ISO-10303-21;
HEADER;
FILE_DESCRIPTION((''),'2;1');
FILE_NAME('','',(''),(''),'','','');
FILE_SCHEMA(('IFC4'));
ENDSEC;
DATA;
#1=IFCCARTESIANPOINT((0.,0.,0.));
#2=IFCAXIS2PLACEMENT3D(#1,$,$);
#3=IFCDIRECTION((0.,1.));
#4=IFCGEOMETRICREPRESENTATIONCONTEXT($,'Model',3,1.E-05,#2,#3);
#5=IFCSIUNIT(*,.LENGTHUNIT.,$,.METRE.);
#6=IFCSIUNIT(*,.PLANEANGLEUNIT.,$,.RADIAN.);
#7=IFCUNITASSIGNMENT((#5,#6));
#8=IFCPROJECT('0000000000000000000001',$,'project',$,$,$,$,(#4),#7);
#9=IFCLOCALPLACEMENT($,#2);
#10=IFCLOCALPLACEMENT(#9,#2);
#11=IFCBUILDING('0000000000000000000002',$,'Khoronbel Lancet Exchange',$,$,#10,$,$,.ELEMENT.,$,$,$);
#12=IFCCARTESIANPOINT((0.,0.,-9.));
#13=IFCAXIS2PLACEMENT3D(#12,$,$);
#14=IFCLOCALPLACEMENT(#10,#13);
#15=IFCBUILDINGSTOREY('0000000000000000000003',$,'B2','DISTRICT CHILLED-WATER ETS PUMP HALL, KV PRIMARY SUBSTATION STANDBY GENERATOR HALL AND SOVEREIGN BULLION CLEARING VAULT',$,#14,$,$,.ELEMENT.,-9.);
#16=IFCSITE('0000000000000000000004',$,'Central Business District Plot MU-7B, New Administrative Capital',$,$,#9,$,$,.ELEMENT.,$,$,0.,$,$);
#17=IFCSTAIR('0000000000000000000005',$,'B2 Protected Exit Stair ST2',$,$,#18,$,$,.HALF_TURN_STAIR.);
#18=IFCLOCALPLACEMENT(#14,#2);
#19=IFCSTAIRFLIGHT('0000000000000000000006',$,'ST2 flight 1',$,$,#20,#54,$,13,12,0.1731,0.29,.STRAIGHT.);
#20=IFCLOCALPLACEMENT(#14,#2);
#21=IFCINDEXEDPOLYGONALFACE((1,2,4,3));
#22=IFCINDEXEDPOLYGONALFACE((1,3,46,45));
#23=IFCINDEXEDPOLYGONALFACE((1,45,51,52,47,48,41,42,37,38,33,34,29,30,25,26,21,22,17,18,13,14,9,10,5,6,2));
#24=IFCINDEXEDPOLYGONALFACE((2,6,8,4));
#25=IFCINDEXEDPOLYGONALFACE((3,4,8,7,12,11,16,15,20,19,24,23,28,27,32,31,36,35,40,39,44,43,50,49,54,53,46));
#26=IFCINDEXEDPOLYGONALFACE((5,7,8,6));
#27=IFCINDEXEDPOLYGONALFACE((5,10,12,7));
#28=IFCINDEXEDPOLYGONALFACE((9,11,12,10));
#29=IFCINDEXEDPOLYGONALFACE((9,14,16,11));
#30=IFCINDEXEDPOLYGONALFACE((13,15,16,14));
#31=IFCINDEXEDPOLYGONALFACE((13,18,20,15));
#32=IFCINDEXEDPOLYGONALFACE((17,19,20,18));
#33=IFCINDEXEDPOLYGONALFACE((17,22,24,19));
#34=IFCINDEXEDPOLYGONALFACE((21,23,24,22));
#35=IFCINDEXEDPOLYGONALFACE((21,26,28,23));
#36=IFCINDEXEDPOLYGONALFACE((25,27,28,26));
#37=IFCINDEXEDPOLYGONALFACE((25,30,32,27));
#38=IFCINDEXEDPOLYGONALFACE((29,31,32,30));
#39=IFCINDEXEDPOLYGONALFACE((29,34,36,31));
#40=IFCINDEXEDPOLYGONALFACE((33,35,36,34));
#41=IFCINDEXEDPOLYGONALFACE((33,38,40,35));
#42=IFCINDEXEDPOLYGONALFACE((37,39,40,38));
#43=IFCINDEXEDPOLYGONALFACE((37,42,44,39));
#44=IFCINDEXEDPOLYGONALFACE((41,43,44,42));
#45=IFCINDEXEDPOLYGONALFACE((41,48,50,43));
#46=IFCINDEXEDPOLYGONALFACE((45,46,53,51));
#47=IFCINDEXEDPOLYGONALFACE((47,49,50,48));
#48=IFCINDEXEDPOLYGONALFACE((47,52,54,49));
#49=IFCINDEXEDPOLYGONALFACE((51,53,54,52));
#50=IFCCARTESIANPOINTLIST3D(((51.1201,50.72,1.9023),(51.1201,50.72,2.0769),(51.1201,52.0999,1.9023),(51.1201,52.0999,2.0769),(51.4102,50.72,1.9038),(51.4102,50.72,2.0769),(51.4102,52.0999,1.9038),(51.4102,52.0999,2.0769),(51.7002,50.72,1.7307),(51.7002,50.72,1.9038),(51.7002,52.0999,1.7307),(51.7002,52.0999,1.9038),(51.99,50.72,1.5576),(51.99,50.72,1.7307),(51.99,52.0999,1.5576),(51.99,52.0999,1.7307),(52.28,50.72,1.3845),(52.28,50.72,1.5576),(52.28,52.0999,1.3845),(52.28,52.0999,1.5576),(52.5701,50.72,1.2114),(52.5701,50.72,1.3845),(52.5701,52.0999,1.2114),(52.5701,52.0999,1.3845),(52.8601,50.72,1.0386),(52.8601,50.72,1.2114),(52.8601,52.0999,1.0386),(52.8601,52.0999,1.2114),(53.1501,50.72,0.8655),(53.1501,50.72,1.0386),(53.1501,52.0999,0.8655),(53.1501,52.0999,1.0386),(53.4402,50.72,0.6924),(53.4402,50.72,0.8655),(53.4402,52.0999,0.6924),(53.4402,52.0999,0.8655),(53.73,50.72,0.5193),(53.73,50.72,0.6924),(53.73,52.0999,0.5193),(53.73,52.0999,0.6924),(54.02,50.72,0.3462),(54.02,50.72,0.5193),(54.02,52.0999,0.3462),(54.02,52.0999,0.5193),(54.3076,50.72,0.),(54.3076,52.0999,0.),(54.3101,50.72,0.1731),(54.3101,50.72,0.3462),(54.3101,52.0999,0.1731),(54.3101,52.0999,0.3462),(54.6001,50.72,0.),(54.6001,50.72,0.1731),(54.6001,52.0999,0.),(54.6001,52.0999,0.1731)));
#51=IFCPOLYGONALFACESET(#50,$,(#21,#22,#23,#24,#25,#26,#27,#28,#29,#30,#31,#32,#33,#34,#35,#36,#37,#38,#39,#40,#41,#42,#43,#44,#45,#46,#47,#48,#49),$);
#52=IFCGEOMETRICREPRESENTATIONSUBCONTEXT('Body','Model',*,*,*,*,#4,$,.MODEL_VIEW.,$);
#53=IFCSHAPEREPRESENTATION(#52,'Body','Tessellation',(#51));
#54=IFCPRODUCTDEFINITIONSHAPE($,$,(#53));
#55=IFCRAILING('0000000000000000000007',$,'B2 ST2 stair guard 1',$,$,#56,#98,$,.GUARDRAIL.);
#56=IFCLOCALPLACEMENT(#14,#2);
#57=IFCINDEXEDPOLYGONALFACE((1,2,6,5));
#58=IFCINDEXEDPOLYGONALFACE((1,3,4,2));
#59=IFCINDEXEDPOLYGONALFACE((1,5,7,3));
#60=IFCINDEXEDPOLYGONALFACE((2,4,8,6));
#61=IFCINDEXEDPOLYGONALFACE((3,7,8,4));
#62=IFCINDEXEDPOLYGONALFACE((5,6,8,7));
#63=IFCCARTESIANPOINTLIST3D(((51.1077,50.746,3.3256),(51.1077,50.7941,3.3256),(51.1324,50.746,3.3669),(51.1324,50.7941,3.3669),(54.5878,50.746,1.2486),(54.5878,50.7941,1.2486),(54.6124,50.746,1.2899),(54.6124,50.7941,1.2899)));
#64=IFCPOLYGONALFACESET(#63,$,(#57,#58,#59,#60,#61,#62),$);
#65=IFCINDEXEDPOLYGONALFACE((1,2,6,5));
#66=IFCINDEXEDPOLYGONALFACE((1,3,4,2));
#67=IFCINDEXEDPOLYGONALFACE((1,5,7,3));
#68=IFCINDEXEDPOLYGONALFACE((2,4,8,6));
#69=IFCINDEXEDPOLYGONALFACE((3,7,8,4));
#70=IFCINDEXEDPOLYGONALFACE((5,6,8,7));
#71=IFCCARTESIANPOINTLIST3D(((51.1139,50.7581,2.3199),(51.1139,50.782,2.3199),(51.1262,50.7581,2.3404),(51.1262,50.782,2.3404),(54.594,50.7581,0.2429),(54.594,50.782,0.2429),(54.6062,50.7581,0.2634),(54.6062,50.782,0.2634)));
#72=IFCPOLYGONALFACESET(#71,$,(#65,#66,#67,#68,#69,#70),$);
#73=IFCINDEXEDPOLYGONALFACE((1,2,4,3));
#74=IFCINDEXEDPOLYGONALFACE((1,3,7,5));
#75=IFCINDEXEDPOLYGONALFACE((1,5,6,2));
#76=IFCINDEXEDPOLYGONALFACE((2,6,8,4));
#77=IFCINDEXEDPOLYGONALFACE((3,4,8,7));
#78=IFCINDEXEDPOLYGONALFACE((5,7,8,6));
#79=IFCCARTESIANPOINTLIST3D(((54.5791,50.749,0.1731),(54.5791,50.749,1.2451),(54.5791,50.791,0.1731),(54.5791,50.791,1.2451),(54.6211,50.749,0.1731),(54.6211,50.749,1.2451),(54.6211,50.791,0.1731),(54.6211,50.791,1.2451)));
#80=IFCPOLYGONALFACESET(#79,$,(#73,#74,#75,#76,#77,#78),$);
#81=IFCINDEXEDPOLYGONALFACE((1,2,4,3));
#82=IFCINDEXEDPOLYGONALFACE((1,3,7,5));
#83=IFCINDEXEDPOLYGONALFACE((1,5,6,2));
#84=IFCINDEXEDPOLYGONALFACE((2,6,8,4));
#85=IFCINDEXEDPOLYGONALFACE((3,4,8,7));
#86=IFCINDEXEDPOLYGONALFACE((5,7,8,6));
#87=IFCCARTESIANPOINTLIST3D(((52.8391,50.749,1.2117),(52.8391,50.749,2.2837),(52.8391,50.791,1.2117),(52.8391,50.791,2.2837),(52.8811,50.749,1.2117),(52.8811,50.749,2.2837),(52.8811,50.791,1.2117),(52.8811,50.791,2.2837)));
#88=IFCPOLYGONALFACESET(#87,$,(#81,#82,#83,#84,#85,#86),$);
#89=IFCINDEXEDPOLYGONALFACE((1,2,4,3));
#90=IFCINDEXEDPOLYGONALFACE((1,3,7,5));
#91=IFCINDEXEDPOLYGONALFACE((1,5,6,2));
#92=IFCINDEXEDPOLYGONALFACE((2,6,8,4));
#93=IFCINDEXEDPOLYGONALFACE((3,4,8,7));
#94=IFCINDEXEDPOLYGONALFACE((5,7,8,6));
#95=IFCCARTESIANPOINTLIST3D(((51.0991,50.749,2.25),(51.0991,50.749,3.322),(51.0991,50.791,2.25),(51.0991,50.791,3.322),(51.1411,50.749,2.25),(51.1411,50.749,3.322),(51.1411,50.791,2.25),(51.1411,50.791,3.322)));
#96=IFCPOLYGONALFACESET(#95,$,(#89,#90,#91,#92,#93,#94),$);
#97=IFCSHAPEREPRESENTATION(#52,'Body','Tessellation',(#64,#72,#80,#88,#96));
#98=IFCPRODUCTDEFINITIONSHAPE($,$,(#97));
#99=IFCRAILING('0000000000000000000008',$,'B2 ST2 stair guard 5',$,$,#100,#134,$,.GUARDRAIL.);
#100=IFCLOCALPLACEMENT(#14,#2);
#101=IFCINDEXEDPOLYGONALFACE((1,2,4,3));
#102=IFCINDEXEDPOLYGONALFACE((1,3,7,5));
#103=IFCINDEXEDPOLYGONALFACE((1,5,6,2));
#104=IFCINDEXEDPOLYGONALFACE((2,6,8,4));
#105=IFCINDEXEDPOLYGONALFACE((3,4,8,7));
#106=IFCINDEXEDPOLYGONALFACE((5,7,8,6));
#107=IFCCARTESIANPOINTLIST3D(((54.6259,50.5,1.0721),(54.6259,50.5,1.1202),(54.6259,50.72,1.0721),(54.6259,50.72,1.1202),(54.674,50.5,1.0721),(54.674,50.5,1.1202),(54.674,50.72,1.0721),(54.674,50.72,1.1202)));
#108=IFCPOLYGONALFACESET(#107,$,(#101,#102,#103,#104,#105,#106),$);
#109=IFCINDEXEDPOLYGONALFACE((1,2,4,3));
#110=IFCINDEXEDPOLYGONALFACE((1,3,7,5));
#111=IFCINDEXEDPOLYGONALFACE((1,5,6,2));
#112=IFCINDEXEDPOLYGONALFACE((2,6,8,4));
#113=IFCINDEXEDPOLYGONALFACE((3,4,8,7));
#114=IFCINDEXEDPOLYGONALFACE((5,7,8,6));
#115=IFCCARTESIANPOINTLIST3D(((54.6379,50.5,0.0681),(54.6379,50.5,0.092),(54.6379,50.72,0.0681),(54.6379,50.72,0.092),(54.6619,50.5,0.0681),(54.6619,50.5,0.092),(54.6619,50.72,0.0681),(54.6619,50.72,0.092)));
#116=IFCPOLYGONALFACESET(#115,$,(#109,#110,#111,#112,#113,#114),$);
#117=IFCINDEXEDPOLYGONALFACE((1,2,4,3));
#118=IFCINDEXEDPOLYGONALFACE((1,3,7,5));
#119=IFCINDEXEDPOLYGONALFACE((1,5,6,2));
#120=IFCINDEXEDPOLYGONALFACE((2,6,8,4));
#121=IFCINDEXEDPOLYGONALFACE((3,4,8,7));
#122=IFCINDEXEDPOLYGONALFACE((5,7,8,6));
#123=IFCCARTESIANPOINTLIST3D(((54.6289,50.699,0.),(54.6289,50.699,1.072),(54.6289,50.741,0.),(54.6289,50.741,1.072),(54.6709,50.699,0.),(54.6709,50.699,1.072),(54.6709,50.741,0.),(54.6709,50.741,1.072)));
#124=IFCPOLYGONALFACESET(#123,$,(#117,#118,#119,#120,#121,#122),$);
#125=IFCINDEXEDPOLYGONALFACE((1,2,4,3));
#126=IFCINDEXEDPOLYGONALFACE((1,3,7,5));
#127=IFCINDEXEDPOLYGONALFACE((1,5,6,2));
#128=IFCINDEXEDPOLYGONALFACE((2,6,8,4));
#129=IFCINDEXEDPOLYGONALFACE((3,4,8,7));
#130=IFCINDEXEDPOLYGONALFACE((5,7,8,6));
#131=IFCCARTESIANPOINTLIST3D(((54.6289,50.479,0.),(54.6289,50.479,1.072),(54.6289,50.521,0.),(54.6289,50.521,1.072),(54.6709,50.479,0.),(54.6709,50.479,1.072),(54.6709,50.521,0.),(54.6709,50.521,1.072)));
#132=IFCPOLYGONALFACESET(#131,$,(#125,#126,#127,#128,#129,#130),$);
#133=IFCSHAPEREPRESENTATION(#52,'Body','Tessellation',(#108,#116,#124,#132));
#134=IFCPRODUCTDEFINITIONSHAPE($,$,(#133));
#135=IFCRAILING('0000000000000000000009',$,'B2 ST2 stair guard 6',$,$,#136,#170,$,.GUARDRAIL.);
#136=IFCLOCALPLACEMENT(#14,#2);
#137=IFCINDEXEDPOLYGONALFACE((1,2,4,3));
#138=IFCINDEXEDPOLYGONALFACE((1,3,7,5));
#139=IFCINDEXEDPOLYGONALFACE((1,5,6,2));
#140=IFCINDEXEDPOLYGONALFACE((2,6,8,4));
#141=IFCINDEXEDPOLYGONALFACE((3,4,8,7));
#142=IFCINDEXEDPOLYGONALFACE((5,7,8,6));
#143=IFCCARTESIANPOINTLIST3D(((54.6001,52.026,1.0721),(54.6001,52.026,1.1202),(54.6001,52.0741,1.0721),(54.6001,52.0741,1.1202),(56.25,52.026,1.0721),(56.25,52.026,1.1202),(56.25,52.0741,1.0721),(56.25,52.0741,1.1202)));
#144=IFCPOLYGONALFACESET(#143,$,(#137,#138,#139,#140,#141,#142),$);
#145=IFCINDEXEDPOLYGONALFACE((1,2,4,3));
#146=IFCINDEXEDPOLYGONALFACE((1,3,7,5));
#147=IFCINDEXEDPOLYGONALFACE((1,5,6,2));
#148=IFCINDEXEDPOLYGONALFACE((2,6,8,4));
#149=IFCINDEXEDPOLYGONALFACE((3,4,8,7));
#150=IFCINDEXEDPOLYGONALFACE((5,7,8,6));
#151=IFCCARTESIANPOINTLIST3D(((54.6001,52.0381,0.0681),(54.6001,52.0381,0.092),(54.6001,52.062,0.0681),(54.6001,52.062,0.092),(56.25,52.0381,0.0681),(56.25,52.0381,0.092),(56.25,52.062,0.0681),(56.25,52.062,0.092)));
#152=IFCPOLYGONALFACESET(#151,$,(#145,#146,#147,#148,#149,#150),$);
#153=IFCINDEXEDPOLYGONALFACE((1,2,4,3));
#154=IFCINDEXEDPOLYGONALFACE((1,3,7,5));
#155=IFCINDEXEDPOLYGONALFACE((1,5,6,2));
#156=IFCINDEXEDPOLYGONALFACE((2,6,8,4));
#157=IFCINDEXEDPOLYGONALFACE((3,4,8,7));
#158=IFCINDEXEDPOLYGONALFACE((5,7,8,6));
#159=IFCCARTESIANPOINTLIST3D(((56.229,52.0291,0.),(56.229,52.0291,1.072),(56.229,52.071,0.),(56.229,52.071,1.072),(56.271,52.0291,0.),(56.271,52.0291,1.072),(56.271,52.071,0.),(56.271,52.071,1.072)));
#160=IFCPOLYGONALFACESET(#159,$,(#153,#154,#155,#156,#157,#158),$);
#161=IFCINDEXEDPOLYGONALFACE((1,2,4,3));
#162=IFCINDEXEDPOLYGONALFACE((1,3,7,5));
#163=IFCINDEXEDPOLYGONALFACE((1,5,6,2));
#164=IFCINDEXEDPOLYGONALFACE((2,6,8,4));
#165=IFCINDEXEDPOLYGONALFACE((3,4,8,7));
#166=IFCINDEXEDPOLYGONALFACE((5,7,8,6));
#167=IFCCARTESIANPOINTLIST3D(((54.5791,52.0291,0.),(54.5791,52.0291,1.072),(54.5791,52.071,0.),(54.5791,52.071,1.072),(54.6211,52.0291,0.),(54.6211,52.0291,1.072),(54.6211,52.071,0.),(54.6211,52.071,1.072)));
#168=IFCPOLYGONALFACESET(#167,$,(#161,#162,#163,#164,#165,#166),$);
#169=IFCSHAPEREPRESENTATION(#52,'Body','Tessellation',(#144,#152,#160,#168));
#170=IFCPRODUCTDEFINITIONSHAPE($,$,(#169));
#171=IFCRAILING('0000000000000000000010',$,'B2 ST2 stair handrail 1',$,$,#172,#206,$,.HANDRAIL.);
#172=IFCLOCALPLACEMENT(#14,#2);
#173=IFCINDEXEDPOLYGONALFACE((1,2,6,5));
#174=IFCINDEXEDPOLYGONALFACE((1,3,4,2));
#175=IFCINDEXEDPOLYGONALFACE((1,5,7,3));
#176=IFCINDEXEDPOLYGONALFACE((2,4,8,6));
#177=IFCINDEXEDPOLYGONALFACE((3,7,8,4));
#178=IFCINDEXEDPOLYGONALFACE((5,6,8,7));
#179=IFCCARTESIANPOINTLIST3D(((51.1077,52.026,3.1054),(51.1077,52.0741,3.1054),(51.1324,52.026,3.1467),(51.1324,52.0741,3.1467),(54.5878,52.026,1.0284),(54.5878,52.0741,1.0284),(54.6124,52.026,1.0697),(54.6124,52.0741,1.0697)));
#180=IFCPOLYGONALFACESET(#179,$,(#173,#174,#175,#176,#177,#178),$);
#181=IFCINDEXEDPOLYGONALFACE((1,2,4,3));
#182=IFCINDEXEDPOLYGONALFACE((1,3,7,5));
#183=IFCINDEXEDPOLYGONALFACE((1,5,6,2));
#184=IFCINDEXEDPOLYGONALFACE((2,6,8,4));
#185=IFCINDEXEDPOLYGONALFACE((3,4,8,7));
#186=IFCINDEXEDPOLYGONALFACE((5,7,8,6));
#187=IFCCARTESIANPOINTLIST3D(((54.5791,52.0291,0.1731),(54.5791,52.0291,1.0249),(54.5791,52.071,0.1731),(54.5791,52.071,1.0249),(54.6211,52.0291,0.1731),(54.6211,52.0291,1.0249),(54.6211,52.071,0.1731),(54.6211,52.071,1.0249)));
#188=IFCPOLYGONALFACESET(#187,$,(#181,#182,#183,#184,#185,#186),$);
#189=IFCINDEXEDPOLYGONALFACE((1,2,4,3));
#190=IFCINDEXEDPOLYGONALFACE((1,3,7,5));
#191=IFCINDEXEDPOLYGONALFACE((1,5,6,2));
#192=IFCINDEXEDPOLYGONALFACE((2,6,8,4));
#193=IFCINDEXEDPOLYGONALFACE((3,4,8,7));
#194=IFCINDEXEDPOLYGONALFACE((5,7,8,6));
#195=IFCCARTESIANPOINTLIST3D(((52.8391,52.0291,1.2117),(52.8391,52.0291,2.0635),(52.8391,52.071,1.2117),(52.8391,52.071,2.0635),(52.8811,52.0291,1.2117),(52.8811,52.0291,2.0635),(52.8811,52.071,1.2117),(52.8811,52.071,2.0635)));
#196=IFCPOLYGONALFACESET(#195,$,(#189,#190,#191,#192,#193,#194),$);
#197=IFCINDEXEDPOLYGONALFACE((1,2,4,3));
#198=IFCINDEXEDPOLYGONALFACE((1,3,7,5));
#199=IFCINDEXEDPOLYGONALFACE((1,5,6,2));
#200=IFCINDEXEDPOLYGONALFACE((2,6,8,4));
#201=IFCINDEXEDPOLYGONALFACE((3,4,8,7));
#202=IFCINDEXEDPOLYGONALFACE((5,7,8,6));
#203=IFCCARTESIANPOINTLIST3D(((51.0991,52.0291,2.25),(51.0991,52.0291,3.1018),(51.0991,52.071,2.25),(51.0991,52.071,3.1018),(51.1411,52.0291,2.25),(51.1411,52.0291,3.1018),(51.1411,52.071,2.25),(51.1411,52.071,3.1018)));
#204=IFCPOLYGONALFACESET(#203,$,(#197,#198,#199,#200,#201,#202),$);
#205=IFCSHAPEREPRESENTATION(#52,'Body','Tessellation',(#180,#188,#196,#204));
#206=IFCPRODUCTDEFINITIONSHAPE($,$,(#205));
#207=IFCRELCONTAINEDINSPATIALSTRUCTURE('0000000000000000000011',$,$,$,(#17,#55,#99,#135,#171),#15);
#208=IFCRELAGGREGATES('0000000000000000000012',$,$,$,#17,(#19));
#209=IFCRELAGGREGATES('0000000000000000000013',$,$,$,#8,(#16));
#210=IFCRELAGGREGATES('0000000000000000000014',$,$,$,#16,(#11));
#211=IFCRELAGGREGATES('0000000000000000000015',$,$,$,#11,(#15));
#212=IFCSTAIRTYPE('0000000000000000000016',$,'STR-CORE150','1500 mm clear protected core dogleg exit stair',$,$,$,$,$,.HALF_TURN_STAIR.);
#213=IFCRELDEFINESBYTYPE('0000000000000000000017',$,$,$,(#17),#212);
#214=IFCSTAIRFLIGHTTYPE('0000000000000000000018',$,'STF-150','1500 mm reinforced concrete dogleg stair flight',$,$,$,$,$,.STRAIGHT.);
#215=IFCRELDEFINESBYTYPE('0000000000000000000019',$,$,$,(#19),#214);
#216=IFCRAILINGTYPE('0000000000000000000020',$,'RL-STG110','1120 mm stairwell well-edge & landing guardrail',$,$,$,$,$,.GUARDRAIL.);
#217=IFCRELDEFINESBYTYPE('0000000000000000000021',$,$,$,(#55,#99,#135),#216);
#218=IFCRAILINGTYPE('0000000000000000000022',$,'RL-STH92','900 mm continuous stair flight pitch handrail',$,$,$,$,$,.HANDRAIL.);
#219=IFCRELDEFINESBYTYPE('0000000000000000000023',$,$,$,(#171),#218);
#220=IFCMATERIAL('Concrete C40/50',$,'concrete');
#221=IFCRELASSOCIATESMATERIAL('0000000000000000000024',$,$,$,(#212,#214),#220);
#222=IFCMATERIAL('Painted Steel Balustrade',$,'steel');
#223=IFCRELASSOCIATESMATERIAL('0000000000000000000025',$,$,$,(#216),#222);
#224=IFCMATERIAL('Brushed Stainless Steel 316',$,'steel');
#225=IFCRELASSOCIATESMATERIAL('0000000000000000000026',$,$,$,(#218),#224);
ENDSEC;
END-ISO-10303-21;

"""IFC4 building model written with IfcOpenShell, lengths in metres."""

from ifc_helpers import new_model, si_unit, direction, frame, origin, origin_2d, place, context, subcontext, project, spatial, polyline, rectangle, outline, extrude, material, type_object, element, aggregate, save


model = new_model("IFC4")

# Units and contexts
model_context = context("Model", 3, precision=1e-05, world=origin(), true_north=direction((0.0, 1.0)))
body_context = subcontext(model_context, "Body", "Model", "MODEL_VIEW")
ifc_project = project(units=[si_unit("LENGTHUNIT", "METRE"), si_unit("PLANEANGLEUNIT", "RADIAN")], contexts=[model_context])

# Site, building, storey
site_placement = place(None, origin())
site = spatial("IfcSite", under=ifc_project, at=site_placement, Name="Central Business District Plot MU-7B, New Administrative Capital", CompositionType="ELEMENT", RefElevation=0.0)
building_placement = place(site_placement, origin())
building = spatial("IfcBuilding", under=site, at=building_placement, Name="Khoronbel Lancet Exchange", CompositionType="ELEMENT")
storey_placement = place(building_placement, frame((0.0, 0.0, -9.0)))
storey = spatial("IfcBuildingStorey", under=building, at=storey_placement, Name="B2", Description="DISTRICT CHILLED-WATER ETS PUMP HALL, KV PRIMARY SUBSTATION STANDBY GENERATOR HALL AND SOVEREIGN BULLION CLEARING VAULT", CompositionType="ELEMENT", Elevation=-9.0)

# Stair, stair flight
ifc_material_1 = material(Name="Concrete C40/50", Category="concrete")
stair_type = type_object("IfcStairType", Name="STR-CORE150", Description="1500 mm clear protected core dogleg exit stair", PredefinedType="HALF_TURN_STAIR", material=ifc_material_1)
stair_placement = place(storey_placement, origin())
stair = element("IfcStair", 1, at=stair_placement, inside=storey, type_object=stair_type, Name="B2 Protected Exit Stair ST2", PredefinedType="HALF_TURN_STAIR")
stair_flight_type = type_object("IfcStairFlightType", Name="STF-150", Description="1500 mm reinforced concrete dogleg stair flight", PredefinedType="STRAIGHT", material=ifc_material_1)
stair_flight_placement = place(storey_placement, frame((54.6001, 51.4099, 0.0), z_axis=(0.0, 0.0, 1.0), x_axis=(-1.0, 0.0, 0.0)))
stair_flight = element("IfcStairFlight", 2, at=stair_flight_placement, type_object=stair_flight_type, Name="ST2 flight 1", NumberOfRisers=13, NumberOfTreads=12, PredefinedType="STRAIGHT", RiserHeight=0.1731, TreadLength=0.29, context=body_context, shape_type="SweptSolid", body=[
    extrude(outline(polyline([(0.0, 0.0), (0.0, 0.1731), (0.29, 0.1731), (0.29, 0.3462), (0.5801, 0.3462), (0.5801, 0.5193), (0.8701, 0.5193), (0.8701, 0.6924), (1.1599, 0.6924), (1.1599, 0.8655), (1.45, 0.8655), (1.45, 1.0386), (1.74, 1.0386), (1.74, 1.2114), (2.03, 1.2114), (2.03, 1.3845), (2.3201, 1.3845), (2.3201, 1.5576), (2.6101, 1.5576), (2.6101, 1.7307), (2.8999, 1.7307), (2.8999, 1.9038), (3.1899, 1.9038), (3.1899, 2.0769), (3.48, 2.0769), (3.48, 2.25), (3.48, 1.9023), (0.2925, 0.0), (0.0, 0.0)])), frame((0.0, 0.6899, 0.0), z_axis=(0.0, -1.0, 0.0), x_axis=(1.0, 0.0, 0.0)), (0.0, 0.0, 1.0), 1.3799),
])
aggregate(stair, [stair_flight])

# Railings
ifc_material_2 = material(Name="Painted Steel Balustrade", Category="steel")
railing_type_1 = type_object("IfcRailingType", Name="RL-STG110", Description="1120 mm stairwell well-edge & landing guardrail", PredefinedType="GUARDRAIL", material=ifc_material_2)
railing_1_placement = place(storey_placement, frame((54.6001, 50.77, 0.1731)))
element("IfcRailing", 3, at=railing_1_placement, inside=storey, type_object=railing_type_1, Name="B2 ST2 stair guard 1", PredefinedType="GUARDRAIL", context=body_context, shape_type="SweptSolid", body=[
    extrude(rectangle(XDim=0.0481, YDim=0.0481, at=origin_2d()), frame((0.0, 0.0, 1.0962), z_axis=(-0.858697, 0.0, 0.512483), x_axis=(0.0, -1.0, 0.0)), (0.0, 0.0, 1.0), 4.0527),
    extrude(rectangle(XDim=0.0239, YDim=0.0239, at=origin_2d()), frame((0.0, 0.0, 0.0801), z_axis=(-0.858697, 0.0, 0.512483), x_axis=(0.0, -1.0, 0.0)), (0.0, 0.0, 1.0), 4.0527),
    extrude(rectangle(XDim=0.042, YDim=0.042, at=origin_2d()), origin(), (0.0, 0.0, 1.0), 1.072),
    extrude(rectangle(XDim=0.042, YDim=0.042, at=origin_2d()), frame((-1.74, 0.0, 1.0386)), (0.0, 0.0, 1.0), 1.072),
    extrude(rectangle(XDim=0.042, YDim=0.042, at=origin_2d()), frame((-3.48, 0.0, 2.0769)), (0.0, 0.0, 1.0), 1.072),
])
railing_2_placement = place(storey_placement, frame((54.6499, 50.72, 0.0)))
element("IfcRailing", 4, at=railing_2_placement, inside=storey, type_object=railing_type_1, Name="B2 ST2 stair guard 5", PredefinedType="GUARDRAIL", context=body_context, shape_type="SweptSolid", body=[
    extrude(rectangle(XDim=0.0481, YDim=0.0481, at=origin_2d()), frame((0.0, 0.0, 1.0962), z_axis=(0.0, -1.0, 0.0), x_axis=(1.0, 0.0, 0.0)), (0.0, 0.0, 1.0), 0.22),
    extrude(rectangle(XDim=0.0239, YDim=0.0239, at=origin_2d()), frame((0.0, 0.0, 0.0801), z_axis=(0.0, -1.0, 0.0), x_axis=(1.0, 0.0, 0.0)), (0.0, 0.0, 1.0), 0.22),
    extrude(rectangle(XDim=0.042, YDim=0.042, at=origin_2d()), origin(), (0.0, 0.0, 1.0), 1.072),
    extrude(rectangle(XDim=0.042, YDim=0.042, at=origin_2d()), frame((0.0, -0.22, 0.0)), (0.0, 0.0, 1.0), 1.072),
])
railing_3_placement = place(storey_placement, frame((56.25, 52.05, 0.0)))
element("IfcRailing", 5, at=railing_3_placement, inside=storey, type_object=railing_type_1, Name="B2 ST2 stair guard 6", PredefinedType="GUARDRAIL", context=body_context, shape_type="SweptSolid", body=[
    extrude(rectangle(XDim=0.0481, YDim=0.0481, at=origin_2d()), frame((0.0, 0.0, 1.0962), z_axis=(-1.0, 0.0, 0.0), x_axis=(0.0, -1.0, 0.0)), (0.0, 0.0, 1.0), 1.6499),
    extrude(rectangle(XDim=0.0239, YDim=0.0239, at=origin_2d()), frame((0.0, 0.0, 0.0801), z_axis=(-1.0, 0.0, 0.0), x_axis=(0.0, -1.0, 0.0)), (0.0, 0.0, 1.0), 1.6499),
    extrude(rectangle(XDim=0.042, YDim=0.042, at=origin_2d()), origin(), (0.0, 0.0, 1.0), 1.072),
    extrude(rectangle(XDim=0.042, YDim=0.042, at=origin_2d()), frame((-1.6499, 0.0, 0.0)), (0.0, 0.0, 1.0), 1.072),
])
ifc_material_3 = material(Name="Brushed Stainless Steel 316", Category="steel")
railing_type_2 = type_object("IfcRailingType", Name="RL-STH92", Description="900 mm continuous stair flight pitch handrail", PredefinedType="HANDRAIL", material=ifc_material_3)
railing_4_placement = place(storey_placement, frame((54.6001, 52.05, 0.1731)))
element("IfcRailing", 6, at=railing_4_placement, inside=storey, type_object=railing_type_2, Name="B2 ST2 stair handrail 1", PredefinedType="HANDRAIL", context=body_context, shape_type="SweptSolid", body=[
    extrude(rectangle(XDim=0.0481, YDim=0.0481, at=origin_2d()), frame((0.0, 0.0, 0.876), z_axis=(-0.858697, 0.0, 0.512483), x_axis=(0.0, -1.0, 0.0)), (0.0, 0.0, 1.0), 4.0527),
    extrude(rectangle(XDim=0.042, YDim=0.042, at=origin_2d()), origin(), (0.0, 0.0, 1.0), 0.8518),
    extrude(rectangle(XDim=0.042, YDim=0.042, at=origin_2d()), frame((-1.74, 0.0, 1.0386)), (0.0, 0.0, 1.0), 0.8518),
    extrude(rectangle(XDim=0.042, YDim=0.042, at=origin_2d()), frame((-3.48, 0.0, 2.0769)), (0.0, 0.0, 1.0), 0.8518),
])

save(model, "model.ifc")
